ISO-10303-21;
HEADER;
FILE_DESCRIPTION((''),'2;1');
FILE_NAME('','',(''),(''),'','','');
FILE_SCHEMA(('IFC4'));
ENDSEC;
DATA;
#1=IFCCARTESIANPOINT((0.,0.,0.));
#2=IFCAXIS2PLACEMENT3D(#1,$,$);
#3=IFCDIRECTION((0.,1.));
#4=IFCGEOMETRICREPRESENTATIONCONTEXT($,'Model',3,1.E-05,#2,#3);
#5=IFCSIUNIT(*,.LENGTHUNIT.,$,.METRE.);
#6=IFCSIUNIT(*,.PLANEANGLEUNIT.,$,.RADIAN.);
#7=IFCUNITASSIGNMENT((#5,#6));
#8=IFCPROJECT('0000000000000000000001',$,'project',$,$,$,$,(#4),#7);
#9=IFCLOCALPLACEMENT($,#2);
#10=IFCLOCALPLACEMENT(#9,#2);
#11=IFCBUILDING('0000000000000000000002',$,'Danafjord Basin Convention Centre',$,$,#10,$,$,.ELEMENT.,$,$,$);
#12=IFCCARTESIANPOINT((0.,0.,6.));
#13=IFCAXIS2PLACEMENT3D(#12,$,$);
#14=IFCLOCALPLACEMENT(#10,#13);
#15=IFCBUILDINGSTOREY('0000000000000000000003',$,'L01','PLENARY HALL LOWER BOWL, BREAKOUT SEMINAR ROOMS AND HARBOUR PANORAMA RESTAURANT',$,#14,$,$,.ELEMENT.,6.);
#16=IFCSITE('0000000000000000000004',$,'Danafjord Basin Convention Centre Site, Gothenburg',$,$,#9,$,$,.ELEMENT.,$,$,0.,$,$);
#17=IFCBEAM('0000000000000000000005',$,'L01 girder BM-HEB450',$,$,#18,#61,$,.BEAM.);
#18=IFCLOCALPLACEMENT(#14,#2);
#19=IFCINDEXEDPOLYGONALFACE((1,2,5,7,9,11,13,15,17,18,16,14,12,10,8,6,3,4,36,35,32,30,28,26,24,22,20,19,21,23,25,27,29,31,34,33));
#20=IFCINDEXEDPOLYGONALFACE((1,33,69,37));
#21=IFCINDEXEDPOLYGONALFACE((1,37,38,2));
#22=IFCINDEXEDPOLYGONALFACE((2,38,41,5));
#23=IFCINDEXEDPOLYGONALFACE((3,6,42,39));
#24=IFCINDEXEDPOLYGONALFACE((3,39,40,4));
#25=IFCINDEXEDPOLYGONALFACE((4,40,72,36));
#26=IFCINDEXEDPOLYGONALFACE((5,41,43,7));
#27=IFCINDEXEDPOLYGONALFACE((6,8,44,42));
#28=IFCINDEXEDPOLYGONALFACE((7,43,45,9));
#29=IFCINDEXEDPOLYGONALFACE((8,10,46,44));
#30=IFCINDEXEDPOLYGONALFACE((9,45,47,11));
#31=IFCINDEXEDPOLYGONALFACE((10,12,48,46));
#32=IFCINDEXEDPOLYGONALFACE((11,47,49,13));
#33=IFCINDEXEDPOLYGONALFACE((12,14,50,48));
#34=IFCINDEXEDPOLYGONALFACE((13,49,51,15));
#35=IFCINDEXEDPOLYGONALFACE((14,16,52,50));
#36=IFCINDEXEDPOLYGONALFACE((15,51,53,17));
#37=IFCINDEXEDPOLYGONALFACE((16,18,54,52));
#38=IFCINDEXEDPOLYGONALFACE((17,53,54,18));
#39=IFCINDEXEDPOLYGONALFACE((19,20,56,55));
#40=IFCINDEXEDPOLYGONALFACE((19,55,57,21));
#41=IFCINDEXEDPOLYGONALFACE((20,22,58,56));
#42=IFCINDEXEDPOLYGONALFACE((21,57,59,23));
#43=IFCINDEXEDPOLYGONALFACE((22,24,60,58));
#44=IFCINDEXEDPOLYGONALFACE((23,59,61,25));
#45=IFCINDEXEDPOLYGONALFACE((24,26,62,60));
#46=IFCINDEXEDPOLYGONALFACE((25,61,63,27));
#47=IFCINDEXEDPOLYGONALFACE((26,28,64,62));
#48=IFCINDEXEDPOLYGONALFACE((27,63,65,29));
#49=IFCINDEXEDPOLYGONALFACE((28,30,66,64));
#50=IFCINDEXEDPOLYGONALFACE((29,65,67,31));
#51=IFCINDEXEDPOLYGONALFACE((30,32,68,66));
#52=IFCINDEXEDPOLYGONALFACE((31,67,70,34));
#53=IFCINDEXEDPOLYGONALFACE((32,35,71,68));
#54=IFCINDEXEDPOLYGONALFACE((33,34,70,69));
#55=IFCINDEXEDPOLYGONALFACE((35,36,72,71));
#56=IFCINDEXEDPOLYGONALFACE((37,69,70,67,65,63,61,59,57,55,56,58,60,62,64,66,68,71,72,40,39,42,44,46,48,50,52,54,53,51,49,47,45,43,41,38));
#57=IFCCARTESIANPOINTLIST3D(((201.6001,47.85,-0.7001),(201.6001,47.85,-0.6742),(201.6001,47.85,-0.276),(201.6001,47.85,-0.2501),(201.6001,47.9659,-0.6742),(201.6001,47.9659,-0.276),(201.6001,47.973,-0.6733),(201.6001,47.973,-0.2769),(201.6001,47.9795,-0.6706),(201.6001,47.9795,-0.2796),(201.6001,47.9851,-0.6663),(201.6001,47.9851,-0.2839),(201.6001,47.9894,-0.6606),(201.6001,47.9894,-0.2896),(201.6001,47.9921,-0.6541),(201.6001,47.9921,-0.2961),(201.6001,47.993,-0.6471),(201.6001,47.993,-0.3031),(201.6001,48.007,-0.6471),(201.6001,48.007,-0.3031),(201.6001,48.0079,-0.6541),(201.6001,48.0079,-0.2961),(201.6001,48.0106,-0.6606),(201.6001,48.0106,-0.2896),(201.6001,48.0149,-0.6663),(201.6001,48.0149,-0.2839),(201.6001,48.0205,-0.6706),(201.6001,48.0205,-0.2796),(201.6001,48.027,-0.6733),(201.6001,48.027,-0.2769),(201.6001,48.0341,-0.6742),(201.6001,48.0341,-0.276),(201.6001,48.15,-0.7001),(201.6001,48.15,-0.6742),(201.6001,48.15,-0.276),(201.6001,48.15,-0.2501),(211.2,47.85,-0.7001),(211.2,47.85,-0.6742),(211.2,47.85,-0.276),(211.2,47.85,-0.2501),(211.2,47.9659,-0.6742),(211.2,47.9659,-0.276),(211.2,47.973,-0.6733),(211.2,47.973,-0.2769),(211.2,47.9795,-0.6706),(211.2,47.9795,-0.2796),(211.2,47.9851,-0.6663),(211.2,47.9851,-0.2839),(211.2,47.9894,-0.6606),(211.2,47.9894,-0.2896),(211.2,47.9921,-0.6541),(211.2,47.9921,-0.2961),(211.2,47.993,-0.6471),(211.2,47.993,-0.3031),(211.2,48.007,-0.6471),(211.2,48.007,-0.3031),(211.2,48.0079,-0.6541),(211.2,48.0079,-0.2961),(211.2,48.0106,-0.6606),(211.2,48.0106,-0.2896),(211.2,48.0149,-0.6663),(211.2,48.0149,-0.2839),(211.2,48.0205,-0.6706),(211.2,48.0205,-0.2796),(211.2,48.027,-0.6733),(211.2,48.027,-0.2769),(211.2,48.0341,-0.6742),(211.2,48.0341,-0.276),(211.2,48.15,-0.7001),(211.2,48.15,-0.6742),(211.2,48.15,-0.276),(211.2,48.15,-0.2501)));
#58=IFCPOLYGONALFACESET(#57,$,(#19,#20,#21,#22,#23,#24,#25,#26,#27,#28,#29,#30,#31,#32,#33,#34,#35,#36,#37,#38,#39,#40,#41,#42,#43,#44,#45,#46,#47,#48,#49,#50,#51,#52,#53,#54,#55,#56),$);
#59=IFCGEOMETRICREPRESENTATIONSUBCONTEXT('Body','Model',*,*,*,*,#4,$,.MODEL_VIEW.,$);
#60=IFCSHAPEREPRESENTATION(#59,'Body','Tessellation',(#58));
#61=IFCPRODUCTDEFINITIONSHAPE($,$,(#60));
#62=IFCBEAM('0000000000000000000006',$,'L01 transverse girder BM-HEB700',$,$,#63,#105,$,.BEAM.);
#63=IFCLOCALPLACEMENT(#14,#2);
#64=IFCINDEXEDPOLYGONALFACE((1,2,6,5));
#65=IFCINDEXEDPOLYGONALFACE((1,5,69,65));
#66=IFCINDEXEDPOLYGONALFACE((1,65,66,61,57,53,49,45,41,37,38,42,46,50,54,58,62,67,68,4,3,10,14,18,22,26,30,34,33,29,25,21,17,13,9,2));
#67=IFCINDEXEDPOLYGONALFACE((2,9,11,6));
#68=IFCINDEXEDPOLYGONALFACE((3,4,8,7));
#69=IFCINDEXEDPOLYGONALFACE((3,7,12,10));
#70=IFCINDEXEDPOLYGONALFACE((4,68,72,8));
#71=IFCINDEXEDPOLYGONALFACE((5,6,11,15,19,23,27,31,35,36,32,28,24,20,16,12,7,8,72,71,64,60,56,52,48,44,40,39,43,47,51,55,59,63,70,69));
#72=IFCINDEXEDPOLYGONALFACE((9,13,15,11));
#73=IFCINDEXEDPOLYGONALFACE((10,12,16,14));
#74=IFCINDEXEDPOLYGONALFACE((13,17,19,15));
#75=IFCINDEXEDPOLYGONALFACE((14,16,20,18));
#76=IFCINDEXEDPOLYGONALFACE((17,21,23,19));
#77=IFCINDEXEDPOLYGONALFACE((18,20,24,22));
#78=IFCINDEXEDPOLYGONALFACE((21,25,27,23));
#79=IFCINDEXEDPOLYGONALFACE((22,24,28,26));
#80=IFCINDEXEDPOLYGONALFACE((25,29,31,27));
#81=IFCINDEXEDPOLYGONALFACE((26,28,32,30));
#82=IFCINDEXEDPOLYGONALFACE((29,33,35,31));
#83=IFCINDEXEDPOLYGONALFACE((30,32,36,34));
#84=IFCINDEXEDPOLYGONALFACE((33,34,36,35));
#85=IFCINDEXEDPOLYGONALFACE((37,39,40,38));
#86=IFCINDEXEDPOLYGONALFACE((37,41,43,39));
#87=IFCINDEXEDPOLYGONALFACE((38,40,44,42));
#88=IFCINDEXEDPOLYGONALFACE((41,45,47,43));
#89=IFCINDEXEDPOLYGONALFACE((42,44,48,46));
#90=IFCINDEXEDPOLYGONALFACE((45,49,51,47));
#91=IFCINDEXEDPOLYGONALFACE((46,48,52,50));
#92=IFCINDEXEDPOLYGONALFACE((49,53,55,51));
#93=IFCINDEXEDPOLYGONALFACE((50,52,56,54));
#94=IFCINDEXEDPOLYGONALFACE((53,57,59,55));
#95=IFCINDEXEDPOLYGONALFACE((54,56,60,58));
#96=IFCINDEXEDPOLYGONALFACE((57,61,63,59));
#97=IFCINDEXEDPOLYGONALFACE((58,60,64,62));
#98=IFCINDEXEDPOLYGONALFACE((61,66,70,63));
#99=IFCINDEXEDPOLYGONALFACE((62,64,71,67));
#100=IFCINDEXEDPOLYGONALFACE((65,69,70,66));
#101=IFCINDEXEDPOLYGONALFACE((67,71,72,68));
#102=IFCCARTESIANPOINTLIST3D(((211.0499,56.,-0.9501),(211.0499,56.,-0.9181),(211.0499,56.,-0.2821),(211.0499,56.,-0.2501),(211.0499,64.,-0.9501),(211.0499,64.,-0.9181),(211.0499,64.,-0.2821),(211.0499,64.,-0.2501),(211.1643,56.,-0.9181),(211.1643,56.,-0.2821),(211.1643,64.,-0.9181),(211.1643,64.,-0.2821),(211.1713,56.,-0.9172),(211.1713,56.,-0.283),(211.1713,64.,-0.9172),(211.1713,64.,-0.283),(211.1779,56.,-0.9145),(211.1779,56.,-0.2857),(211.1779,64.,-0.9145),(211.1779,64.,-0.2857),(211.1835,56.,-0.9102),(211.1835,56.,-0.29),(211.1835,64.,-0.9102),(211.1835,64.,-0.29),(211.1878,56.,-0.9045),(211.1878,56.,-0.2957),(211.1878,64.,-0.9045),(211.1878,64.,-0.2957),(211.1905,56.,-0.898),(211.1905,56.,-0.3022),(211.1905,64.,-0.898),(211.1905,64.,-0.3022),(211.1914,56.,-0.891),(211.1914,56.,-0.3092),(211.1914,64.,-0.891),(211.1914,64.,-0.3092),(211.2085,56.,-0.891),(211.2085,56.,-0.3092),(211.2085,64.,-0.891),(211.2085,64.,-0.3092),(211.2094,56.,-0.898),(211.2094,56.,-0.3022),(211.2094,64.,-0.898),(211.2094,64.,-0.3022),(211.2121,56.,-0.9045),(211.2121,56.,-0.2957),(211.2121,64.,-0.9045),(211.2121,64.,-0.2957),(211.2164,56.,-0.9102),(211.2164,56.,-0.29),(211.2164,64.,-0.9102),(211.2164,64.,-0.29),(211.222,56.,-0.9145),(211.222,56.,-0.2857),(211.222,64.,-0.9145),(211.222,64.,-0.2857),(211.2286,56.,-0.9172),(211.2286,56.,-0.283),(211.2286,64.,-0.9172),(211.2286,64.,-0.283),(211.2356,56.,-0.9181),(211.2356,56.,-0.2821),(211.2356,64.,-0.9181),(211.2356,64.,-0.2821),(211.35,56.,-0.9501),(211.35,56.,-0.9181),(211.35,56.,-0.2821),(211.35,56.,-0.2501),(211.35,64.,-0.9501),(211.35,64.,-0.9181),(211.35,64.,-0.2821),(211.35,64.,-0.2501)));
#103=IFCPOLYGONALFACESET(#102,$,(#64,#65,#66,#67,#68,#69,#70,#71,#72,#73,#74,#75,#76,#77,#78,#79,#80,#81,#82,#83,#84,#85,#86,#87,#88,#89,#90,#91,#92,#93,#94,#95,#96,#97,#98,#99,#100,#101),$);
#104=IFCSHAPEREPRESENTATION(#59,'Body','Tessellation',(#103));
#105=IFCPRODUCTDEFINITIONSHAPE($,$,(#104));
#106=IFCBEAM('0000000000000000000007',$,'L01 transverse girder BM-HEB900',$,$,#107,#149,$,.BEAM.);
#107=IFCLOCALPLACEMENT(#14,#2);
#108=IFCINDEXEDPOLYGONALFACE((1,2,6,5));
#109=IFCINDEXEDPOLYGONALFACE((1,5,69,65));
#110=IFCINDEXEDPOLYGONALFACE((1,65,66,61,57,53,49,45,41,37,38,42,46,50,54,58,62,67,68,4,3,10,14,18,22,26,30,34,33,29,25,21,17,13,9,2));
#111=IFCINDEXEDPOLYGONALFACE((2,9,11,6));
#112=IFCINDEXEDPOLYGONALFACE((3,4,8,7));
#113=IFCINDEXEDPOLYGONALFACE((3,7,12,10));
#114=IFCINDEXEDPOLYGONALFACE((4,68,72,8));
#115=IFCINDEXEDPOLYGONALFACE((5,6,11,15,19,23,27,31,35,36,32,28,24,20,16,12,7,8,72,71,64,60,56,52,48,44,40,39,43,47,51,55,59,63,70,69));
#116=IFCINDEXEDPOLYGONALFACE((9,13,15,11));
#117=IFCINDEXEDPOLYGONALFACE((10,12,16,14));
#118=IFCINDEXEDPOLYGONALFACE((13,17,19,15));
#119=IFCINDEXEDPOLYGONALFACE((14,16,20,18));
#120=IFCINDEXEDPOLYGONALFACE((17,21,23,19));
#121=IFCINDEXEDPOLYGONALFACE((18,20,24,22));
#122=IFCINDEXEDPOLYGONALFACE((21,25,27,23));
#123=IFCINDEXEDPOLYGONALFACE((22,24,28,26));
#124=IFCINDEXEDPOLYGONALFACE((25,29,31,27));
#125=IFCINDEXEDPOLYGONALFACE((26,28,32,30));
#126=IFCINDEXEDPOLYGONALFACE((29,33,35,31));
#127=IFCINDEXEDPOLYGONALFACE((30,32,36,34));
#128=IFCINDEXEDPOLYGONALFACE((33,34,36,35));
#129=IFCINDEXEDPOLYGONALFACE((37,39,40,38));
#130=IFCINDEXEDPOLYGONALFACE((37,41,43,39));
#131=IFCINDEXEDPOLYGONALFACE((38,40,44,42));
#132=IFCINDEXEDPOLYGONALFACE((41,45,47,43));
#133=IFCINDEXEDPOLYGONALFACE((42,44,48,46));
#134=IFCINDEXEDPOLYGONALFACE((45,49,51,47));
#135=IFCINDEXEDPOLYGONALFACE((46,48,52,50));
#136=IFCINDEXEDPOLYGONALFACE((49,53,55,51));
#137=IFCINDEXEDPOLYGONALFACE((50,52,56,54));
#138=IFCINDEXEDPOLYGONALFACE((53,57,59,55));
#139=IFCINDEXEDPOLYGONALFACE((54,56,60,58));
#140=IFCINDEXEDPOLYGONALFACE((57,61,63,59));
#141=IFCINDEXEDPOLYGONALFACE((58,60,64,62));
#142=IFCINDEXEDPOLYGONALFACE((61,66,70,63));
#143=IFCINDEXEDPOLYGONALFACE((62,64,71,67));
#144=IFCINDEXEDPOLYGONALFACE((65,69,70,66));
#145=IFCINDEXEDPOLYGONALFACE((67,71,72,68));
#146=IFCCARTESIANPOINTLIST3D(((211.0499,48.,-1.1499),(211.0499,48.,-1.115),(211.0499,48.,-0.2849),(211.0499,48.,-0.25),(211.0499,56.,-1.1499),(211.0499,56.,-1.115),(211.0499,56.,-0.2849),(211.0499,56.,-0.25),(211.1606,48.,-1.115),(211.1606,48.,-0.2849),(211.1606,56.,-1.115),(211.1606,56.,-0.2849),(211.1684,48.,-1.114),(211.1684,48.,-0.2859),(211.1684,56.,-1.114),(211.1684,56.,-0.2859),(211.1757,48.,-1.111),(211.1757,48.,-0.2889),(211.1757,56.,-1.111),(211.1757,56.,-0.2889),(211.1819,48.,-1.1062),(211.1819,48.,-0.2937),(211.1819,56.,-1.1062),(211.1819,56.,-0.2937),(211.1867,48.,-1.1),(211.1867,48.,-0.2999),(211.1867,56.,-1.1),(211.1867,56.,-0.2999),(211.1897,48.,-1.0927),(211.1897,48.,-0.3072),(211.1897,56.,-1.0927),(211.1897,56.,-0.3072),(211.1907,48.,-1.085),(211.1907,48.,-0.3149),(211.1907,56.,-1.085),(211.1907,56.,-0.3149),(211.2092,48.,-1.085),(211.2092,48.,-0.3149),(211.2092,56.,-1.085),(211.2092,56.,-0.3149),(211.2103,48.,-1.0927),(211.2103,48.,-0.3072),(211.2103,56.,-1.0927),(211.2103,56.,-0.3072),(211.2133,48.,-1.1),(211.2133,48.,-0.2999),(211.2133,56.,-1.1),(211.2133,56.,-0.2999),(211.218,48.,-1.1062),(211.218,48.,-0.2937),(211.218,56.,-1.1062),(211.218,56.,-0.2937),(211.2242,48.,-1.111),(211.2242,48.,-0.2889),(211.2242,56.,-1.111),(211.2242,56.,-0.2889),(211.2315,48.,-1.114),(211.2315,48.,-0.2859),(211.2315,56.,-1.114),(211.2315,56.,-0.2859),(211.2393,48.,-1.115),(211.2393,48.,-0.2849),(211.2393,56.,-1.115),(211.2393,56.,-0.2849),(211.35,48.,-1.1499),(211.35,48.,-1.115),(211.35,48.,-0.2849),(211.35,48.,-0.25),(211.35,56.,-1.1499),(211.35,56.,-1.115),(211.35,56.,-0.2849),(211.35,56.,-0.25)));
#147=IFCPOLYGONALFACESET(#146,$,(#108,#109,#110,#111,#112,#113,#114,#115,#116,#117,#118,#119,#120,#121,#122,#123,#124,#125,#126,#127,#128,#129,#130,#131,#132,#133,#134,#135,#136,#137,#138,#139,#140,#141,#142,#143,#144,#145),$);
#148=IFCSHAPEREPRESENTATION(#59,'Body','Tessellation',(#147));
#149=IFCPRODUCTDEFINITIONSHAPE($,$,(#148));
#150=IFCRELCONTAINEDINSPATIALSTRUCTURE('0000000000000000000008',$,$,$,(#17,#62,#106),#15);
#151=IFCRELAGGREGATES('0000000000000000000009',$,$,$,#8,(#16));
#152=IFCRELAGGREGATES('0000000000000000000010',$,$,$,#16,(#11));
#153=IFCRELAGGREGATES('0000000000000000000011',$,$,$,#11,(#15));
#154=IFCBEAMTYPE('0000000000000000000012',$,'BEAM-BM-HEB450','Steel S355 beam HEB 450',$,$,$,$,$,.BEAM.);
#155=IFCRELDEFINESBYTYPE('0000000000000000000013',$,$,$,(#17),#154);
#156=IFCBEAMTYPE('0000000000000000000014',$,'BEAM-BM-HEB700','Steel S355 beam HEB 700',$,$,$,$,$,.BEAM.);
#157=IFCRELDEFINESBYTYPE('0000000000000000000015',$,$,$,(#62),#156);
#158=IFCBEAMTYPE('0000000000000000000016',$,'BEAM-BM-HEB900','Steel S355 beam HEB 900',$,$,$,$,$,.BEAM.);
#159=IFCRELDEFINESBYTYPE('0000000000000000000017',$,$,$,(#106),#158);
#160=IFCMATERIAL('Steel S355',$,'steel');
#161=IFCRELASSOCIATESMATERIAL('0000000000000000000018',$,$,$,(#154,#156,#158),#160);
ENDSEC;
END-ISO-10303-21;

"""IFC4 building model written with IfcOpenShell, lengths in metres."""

from ifc_helpers import new_model, si_unit, direction, frame, origin, origin_2d, place, context, subcontext, project, spatial, i_section, extrude, material, material_profile, profile_set, type_object, element, save


model = new_model("IFC4")

# Units and contexts
model_context = context("Model", 3, precision=1e-05, world=origin(), true_north=direction((0.0, 1.0)))
body_context = subcontext(model_context, "Body", "Model", "MODEL_VIEW")
ifc_project = project(units=[si_unit("LENGTHUNIT", "METRE"), si_unit("PLANEANGLEUNIT", "RADIAN")], contexts=[model_context])

# Site, building, storey
site_placement = place(None, origin())
site = spatial("IfcSite", under=ifc_project, at=site_placement, Name="Danafjord Basin Convention Centre Site, Gothenburg", CompositionType="ELEMENT", RefElevation=0.0)
building_placement = place(site_placement, origin())
building = spatial("IfcBuilding", under=site, at=building_placement, Name="Danafjord Basin Convention Centre", CompositionType="ELEMENT")
storey_placement = place(building_placement, frame((0.0, 0.0, 6.0)))
storey = spatial("IfcBuildingStorey", under=building, at=storey_placement, Name="L01", Description="PLENARY HALL LOWER BOWL, BREAKOUT SEMINAR ROOMS AND HARBOUR PANORAMA RESTAURANT", CompositionType="ELEMENT", Elevation=6.0)

# Shared definitions
ifc_material_1 = material(Name="Steel S355", Category="steel")

# Beams
ifc_material_profile_1 = material_profile(ifc_material_1, i_section(OverallWidth=0.3, OverallDepth=0.45, WebThickness=0.0139, FlangeThickness=0.0259, FilletRadius=0.0271, at=origin_2d()), Name="HEB 450")
ifc_profile_set_1 = profile_set([ifc_material_profile_1], Name="Steel S355")
beam_type_1 = type_object("IfcBeamType", Name="BEAM-BM-HEB450", Description="Steel S355 beam HEB 450", PredefinedType="BEAM", material=ifc_profile_set_1)
beam_1_placement = place(storey_placement, frame((201.6001, 48.0, -0.4751), z_axis=(1.0, 0.0, 0.0), x_axis=(0.0, 1.0, 0.0)))
element("IfcBeam", 1, at=beam_1_placement, inside=storey, type_object=beam_type_1, Name="L01 girder BM-HEB450", PredefinedType="BEAM", context=body_context, shape_type="SweptSolid", body=[
    extrude(i_section(OverallWidth=0.3, OverallDepth=0.45, WebThickness=0.0139, FlangeThickness=0.0259, FilletRadius=0.0271, at=origin_2d()), origin(), (0.0, 0.0, 1.0), 9.5999),
])
ifc_material_profile_2 = material_profile(ifc_material_1, i_section(OverallWidth=0.3, OverallDepth=0.7, WebThickness=0.0171, FlangeThickness=0.032, FilletRadius=0.0271, at=origin_2d()), Name="HEB 700")
ifc_profile_set_2 = profile_set([ifc_material_profile_2], Name="Steel S355")
beam_type_2 = type_object("IfcBeamType", Name="BEAM-BM-HEB700", Description="Steel S355 beam HEB 700", PredefinedType="BEAM", material=ifc_profile_set_2)
beam_2_placement = place(storey_placement, frame((211.2, 56.0, -0.6001), z_axis=(0.0, 1.0, 0.0), x_axis=(-1.0, 0.0, 0.0)))
element("IfcBeam", 2, at=beam_2_placement, inside=storey, type_object=beam_type_2, Name="L01 transverse girder BM-HEB700", PredefinedType="BEAM", context=body_context, shape_type="SweptSolid", body=[
    extrude(i_section(OverallWidth=0.3, OverallDepth=0.7, WebThickness=0.0171, FlangeThickness=0.032, FilletRadius=0.0271, at=origin_2d()), origin(), (0.0, 0.0, 1.0), 8.0),
])
ifc_material_profile_3 = material_profile(ifc_material_1, i_section(OverallWidth=0.3, OverallDepth=0.8999, WebThickness=0.0186, FlangeThickness=0.0349, FilletRadius=0.03, at=origin_2d()), Name="HEB 900")
ifc_profile_set_3 = profile_set([ifc_material_profile_3], Name="Steel S355")
beam_type_3 = type_object("IfcBeamType", Name="BEAM-BM-HEB900", Description="Steel S355 beam HEB 900", PredefinedType="BEAM", material=ifc_profile_set_3)
beam_3_placement = place(storey_placement, frame((211.2, 48.0, -0.7), z_axis=(0.0, 1.0, 0.0), x_axis=(-1.0, 0.0, 0.0)))
element("IfcBeam", 3, at=beam_3_placement, inside=storey, type_object=beam_type_3, Name="L01 transverse girder BM-HEB900", PredefinedType="BEAM", context=body_context, shape_type="SweptSolid", body=[
    extrude(i_section(OverallWidth=0.3, OverallDepth=0.8999, WebThickness=0.0186, FlangeThickness=0.0349, FilletRadius=0.03, at=origin_2d()), origin(), (0.0, 0.0, 1.0), 8.0),
])

save(model, "model.ifc")
